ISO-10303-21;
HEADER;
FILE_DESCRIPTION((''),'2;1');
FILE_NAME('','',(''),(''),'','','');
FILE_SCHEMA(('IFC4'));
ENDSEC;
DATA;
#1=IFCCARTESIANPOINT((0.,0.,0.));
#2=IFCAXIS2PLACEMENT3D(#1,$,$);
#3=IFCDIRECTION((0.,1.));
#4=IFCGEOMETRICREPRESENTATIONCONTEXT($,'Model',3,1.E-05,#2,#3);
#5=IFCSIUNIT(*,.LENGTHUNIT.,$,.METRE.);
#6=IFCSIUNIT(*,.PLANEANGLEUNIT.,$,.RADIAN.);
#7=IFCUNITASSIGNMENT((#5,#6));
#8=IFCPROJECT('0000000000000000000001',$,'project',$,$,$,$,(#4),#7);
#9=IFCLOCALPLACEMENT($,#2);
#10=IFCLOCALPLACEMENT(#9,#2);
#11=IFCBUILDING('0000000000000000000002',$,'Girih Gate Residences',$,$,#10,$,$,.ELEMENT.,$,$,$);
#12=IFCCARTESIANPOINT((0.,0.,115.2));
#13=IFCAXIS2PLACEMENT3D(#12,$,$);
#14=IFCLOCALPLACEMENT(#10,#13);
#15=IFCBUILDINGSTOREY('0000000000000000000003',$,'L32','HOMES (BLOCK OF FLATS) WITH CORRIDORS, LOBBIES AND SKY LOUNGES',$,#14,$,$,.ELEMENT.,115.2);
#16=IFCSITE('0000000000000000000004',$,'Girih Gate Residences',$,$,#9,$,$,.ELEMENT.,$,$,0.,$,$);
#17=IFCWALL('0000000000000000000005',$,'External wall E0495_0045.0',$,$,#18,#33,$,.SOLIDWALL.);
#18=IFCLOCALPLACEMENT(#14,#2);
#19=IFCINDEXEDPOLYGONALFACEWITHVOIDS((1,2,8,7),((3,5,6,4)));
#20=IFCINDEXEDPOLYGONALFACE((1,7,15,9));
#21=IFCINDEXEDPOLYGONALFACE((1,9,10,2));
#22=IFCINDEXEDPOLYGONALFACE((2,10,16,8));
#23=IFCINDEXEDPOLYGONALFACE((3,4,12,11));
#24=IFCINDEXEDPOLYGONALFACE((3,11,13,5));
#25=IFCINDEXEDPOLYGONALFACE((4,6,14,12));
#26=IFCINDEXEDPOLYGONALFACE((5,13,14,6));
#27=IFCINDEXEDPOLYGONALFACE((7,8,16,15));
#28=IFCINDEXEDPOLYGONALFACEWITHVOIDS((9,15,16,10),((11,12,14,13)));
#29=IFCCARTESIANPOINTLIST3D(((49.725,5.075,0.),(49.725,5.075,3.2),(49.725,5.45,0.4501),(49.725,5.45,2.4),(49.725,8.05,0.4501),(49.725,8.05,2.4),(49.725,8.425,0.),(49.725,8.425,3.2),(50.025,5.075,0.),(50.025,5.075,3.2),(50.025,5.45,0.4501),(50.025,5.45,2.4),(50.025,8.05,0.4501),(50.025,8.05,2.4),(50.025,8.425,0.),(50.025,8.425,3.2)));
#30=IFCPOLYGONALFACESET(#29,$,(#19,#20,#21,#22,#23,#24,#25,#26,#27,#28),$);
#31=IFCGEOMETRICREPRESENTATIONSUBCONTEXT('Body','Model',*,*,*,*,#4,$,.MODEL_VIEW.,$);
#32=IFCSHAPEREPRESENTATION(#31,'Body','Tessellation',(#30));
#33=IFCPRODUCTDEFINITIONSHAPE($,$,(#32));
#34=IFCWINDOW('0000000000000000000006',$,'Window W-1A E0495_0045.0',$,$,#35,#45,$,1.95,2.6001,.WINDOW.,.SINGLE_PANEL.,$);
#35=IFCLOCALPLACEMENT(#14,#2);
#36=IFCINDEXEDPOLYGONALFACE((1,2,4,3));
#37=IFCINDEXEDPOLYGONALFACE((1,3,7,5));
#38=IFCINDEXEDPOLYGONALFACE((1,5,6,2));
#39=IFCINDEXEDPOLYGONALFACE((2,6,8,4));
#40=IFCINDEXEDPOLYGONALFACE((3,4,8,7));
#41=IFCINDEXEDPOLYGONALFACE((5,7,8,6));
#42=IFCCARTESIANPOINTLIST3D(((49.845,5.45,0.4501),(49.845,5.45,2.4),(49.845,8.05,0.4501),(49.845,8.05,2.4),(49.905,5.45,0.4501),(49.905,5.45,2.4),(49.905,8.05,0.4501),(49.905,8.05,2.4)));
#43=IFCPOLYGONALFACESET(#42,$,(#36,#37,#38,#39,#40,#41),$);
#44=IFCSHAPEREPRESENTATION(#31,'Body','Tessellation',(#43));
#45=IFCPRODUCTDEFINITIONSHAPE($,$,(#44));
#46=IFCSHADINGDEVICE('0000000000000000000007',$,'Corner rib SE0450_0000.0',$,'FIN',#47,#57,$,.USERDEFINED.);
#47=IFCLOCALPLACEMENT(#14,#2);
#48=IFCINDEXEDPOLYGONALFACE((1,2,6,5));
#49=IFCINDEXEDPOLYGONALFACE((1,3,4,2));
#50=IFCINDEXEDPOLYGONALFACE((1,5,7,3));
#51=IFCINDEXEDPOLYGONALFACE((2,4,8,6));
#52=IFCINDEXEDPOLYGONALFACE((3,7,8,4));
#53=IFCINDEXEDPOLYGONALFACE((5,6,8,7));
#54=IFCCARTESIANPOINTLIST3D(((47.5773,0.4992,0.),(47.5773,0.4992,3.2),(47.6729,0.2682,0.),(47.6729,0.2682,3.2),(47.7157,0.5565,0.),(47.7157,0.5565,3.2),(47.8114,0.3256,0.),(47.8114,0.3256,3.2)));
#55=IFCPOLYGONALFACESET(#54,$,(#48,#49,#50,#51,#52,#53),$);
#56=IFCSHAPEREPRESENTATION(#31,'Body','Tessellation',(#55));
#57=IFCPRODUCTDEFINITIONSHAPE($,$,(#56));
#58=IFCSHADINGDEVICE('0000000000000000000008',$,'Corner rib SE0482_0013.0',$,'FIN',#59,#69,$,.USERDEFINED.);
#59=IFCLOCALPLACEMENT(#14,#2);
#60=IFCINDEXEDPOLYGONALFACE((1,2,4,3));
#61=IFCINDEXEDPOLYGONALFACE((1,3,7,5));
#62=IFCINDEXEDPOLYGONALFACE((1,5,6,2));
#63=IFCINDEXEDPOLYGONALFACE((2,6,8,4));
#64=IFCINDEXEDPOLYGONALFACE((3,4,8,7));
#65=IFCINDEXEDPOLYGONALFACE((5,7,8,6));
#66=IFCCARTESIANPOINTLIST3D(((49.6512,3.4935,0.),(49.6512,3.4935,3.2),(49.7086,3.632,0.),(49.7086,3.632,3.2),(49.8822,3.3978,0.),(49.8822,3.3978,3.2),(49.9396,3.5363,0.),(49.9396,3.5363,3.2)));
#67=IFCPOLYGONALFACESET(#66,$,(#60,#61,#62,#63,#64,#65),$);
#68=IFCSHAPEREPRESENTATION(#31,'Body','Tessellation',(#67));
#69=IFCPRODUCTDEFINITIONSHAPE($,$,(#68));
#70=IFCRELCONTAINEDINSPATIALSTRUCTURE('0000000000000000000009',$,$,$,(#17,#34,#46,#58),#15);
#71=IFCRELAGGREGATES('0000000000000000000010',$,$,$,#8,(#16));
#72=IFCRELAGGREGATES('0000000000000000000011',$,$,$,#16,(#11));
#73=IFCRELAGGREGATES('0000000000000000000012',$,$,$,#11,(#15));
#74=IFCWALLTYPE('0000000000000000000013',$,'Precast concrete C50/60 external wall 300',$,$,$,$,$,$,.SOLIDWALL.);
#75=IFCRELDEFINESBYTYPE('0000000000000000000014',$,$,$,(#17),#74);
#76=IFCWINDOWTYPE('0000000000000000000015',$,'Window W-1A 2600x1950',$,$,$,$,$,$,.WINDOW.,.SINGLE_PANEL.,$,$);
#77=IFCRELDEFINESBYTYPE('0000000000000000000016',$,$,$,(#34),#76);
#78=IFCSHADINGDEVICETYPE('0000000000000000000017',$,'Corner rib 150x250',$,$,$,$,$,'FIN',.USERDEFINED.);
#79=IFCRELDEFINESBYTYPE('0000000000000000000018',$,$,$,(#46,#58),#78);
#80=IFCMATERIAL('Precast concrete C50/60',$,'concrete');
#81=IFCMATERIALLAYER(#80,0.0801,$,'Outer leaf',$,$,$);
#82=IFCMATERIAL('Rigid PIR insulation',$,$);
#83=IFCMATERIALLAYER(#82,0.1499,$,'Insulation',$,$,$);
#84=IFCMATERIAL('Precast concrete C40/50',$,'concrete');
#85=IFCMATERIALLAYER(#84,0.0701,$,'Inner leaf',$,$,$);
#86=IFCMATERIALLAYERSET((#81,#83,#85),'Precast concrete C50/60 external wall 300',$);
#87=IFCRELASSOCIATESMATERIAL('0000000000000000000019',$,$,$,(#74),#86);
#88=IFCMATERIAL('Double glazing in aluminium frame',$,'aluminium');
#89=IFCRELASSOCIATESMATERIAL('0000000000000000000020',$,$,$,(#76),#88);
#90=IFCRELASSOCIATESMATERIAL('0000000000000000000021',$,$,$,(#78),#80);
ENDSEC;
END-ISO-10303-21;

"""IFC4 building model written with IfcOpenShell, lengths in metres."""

from ifc_helpers import new_model, si_unit, direction, frame, frame_2d, origin, origin_2d, place, context, subcontext, project, spatial, rectangle, extrude, material, layer, layer_set, type_object, element, fill, save


model = new_model("IFC4")

# Units and contexts
model_context = context("Model", 3, precision=1e-05, world=origin(), true_north=direction((0.0, 1.0)))
body_context = subcontext(model_context, "Body", "Model", "MODEL_VIEW")
ifc_project = project(units=[si_unit("LENGTHUNIT", "METRE"), si_unit("PLANEANGLEUNIT", "RADIAN")], contexts=[model_context])

# Site, building, storey
site_placement = place(None, origin())
site = spatial("IfcSite", under=ifc_project, at=site_placement, Name="Girih Gate Residences", CompositionType="ELEMENT", RefElevation=0.0)
building_placement = place(site_placement, origin())
building = spatial("IfcBuilding", under=site, at=building_placement, Name="Girih Gate Residences", CompositionType="ELEMENT")
storey_placement = place(building_placement, frame((0.0, 0.0, 115.2)))
storey = spatial("IfcBuildingStorey", under=building, at=storey_placement, Name="L32", Description="HOMES (BLOCK OF FLATS) WITH CORRIDORS, LOBBIES AND SKY LOUNGES", CompositionType="ELEMENT", Elevation=115.2)

# Wall, opening, window
ifc_material_1 = material(Name="Precast concrete C50/60", Category="concrete")
ifc_layer_1 = layer(ifc_material_1, 0.0801, Name="Outer leaf")
ifc_material_2 = material(Name="Rigid PIR insulation")
ifc_layer_2 = layer(ifc_material_2, 0.1499, Name="Insulation")
ifc_material_3 = material(Name="Precast concrete C40/50", Category="concrete")
ifc_layer_3 = layer(ifc_material_3, 0.0701, Name="Inner leaf")
ifc_layer_set_1 = layer_set([ifc_layer_1, ifc_layer_2, ifc_layer_3], Name="Precast concrete C50/60 external wall 300")
wall_type_1 = type_object("IfcWallType", Name="Precast concrete C50/60 external wall 300", PredefinedType="SOLIDWALL", material=ifc_layer_set_1)
ifc_material_4 = material(Name="Double glazing in aluminium frame", Category="aluminium")
wall_1_placement = place(storey_placement, frame((49.875, 8.425, 0.0), z_axis=(0.0, 0.0, 1.0), x_axis=(0.0, -1.0, 0.0)))
wall_1 = element("IfcWall", 1, at=wall_1_placement, inside=storey, type_object=wall_type_1, Name="External wall E0495_0045.0", PredefinedType="SOLIDWALL", context=body_context, shape_type="SweptSolid", body=[
    extrude(rectangle(XDim=3.3501, YDim=0.3, at=frame_2d((1.675, 0.0))), origin(), (0.0, 0.0, 1.0), 3.2),
])
opening_1_placement = place(wall_1_placement, frame((0.375, 0.0, 0.45)))
opening_1 = element("IfcOpeningElement", 2, at=opening_1_placement, cuts=wall_1, PredefinedType="OPENING", context=body_context, shape_type="SweptSolid", body=[
    extrude(rectangle(XDim=2.6001, YDim=1.95, at=frame_2d((1.3, 0.9751))), frame((0.0, 0.1599, 0.0), z_axis=(0.0, -1.0, 0.0), x_axis=(1.0, 0.0, 0.0)), (0.0, 0.0, 1.0), 0.3201),
])
window_type_1 = type_object("IfcWindowType", Name="Window W-1A 2600x1950", PartitioningType="SINGLE_PANEL", PredefinedType="WINDOW", material=ifc_material_4)
window_1_placement = place(opening_1_placement, origin())
window_1 = element("IfcWindow", 3, at=window_1_placement, inside=storey, type_object=window_type_1, Name="Window W-1A E0495_0045.0", OverallHeight=1.95, OverallWidth=2.6001, PartitioningType="SINGLE_PANEL", PredefinedType="WINDOW", context=body_context, shape_type="SweptSolid", body=[
    extrude(rectangle(XDim=2.6001, YDim=1.95, at=frame_2d((1.3, 0.9751))), frame((0.0, 0.03, 0.0), z_axis=(0.0, -1.0, 0.0), x_axis=(1.0, 0.0, 0.0)), (0.0, 0.0, 1.0), 0.0601),
])
fill(opening_1, window_1)

# Shading devices
shading_device_type = type_object("IfcShadingDeviceType", Name="Corner rib 150x250", ElementType="FIN", PredefinedType="USERDEFINED", material=ifc_material_1)
for number, where, z_axis, x_axis, name in (
    (4, (47.6943, 0.4124, 0.0), (0.0, 0.0, 1.0), (0.92388, 0.382683, 0.0), "Corner rib SE0450_0000.0"),
    (5, (49.7954, 3.5149, 0.0), (0.0, 0.0, 1.0), (0.382683, 0.92388, 0.0), "Corner rib SE0482_0013.0"),
):
    element("IfcShadingDevice", number, at=place(storey_placement, frame(where, z_axis=z_axis, x_axis=x_axis)), inside=storey, type_object=shading_device_type, Name=name, ObjectType="FIN", PredefinedType="USERDEFINED", context=body_context, shape_type="SweptSolid", body=[
        extrude(rectangle(XDim=0.1499, YDim=0.25, at=origin_2d()), origin(), (0.0, 0.0, 1.0), 3.2),
    ])

save(model, "model.ifc")
